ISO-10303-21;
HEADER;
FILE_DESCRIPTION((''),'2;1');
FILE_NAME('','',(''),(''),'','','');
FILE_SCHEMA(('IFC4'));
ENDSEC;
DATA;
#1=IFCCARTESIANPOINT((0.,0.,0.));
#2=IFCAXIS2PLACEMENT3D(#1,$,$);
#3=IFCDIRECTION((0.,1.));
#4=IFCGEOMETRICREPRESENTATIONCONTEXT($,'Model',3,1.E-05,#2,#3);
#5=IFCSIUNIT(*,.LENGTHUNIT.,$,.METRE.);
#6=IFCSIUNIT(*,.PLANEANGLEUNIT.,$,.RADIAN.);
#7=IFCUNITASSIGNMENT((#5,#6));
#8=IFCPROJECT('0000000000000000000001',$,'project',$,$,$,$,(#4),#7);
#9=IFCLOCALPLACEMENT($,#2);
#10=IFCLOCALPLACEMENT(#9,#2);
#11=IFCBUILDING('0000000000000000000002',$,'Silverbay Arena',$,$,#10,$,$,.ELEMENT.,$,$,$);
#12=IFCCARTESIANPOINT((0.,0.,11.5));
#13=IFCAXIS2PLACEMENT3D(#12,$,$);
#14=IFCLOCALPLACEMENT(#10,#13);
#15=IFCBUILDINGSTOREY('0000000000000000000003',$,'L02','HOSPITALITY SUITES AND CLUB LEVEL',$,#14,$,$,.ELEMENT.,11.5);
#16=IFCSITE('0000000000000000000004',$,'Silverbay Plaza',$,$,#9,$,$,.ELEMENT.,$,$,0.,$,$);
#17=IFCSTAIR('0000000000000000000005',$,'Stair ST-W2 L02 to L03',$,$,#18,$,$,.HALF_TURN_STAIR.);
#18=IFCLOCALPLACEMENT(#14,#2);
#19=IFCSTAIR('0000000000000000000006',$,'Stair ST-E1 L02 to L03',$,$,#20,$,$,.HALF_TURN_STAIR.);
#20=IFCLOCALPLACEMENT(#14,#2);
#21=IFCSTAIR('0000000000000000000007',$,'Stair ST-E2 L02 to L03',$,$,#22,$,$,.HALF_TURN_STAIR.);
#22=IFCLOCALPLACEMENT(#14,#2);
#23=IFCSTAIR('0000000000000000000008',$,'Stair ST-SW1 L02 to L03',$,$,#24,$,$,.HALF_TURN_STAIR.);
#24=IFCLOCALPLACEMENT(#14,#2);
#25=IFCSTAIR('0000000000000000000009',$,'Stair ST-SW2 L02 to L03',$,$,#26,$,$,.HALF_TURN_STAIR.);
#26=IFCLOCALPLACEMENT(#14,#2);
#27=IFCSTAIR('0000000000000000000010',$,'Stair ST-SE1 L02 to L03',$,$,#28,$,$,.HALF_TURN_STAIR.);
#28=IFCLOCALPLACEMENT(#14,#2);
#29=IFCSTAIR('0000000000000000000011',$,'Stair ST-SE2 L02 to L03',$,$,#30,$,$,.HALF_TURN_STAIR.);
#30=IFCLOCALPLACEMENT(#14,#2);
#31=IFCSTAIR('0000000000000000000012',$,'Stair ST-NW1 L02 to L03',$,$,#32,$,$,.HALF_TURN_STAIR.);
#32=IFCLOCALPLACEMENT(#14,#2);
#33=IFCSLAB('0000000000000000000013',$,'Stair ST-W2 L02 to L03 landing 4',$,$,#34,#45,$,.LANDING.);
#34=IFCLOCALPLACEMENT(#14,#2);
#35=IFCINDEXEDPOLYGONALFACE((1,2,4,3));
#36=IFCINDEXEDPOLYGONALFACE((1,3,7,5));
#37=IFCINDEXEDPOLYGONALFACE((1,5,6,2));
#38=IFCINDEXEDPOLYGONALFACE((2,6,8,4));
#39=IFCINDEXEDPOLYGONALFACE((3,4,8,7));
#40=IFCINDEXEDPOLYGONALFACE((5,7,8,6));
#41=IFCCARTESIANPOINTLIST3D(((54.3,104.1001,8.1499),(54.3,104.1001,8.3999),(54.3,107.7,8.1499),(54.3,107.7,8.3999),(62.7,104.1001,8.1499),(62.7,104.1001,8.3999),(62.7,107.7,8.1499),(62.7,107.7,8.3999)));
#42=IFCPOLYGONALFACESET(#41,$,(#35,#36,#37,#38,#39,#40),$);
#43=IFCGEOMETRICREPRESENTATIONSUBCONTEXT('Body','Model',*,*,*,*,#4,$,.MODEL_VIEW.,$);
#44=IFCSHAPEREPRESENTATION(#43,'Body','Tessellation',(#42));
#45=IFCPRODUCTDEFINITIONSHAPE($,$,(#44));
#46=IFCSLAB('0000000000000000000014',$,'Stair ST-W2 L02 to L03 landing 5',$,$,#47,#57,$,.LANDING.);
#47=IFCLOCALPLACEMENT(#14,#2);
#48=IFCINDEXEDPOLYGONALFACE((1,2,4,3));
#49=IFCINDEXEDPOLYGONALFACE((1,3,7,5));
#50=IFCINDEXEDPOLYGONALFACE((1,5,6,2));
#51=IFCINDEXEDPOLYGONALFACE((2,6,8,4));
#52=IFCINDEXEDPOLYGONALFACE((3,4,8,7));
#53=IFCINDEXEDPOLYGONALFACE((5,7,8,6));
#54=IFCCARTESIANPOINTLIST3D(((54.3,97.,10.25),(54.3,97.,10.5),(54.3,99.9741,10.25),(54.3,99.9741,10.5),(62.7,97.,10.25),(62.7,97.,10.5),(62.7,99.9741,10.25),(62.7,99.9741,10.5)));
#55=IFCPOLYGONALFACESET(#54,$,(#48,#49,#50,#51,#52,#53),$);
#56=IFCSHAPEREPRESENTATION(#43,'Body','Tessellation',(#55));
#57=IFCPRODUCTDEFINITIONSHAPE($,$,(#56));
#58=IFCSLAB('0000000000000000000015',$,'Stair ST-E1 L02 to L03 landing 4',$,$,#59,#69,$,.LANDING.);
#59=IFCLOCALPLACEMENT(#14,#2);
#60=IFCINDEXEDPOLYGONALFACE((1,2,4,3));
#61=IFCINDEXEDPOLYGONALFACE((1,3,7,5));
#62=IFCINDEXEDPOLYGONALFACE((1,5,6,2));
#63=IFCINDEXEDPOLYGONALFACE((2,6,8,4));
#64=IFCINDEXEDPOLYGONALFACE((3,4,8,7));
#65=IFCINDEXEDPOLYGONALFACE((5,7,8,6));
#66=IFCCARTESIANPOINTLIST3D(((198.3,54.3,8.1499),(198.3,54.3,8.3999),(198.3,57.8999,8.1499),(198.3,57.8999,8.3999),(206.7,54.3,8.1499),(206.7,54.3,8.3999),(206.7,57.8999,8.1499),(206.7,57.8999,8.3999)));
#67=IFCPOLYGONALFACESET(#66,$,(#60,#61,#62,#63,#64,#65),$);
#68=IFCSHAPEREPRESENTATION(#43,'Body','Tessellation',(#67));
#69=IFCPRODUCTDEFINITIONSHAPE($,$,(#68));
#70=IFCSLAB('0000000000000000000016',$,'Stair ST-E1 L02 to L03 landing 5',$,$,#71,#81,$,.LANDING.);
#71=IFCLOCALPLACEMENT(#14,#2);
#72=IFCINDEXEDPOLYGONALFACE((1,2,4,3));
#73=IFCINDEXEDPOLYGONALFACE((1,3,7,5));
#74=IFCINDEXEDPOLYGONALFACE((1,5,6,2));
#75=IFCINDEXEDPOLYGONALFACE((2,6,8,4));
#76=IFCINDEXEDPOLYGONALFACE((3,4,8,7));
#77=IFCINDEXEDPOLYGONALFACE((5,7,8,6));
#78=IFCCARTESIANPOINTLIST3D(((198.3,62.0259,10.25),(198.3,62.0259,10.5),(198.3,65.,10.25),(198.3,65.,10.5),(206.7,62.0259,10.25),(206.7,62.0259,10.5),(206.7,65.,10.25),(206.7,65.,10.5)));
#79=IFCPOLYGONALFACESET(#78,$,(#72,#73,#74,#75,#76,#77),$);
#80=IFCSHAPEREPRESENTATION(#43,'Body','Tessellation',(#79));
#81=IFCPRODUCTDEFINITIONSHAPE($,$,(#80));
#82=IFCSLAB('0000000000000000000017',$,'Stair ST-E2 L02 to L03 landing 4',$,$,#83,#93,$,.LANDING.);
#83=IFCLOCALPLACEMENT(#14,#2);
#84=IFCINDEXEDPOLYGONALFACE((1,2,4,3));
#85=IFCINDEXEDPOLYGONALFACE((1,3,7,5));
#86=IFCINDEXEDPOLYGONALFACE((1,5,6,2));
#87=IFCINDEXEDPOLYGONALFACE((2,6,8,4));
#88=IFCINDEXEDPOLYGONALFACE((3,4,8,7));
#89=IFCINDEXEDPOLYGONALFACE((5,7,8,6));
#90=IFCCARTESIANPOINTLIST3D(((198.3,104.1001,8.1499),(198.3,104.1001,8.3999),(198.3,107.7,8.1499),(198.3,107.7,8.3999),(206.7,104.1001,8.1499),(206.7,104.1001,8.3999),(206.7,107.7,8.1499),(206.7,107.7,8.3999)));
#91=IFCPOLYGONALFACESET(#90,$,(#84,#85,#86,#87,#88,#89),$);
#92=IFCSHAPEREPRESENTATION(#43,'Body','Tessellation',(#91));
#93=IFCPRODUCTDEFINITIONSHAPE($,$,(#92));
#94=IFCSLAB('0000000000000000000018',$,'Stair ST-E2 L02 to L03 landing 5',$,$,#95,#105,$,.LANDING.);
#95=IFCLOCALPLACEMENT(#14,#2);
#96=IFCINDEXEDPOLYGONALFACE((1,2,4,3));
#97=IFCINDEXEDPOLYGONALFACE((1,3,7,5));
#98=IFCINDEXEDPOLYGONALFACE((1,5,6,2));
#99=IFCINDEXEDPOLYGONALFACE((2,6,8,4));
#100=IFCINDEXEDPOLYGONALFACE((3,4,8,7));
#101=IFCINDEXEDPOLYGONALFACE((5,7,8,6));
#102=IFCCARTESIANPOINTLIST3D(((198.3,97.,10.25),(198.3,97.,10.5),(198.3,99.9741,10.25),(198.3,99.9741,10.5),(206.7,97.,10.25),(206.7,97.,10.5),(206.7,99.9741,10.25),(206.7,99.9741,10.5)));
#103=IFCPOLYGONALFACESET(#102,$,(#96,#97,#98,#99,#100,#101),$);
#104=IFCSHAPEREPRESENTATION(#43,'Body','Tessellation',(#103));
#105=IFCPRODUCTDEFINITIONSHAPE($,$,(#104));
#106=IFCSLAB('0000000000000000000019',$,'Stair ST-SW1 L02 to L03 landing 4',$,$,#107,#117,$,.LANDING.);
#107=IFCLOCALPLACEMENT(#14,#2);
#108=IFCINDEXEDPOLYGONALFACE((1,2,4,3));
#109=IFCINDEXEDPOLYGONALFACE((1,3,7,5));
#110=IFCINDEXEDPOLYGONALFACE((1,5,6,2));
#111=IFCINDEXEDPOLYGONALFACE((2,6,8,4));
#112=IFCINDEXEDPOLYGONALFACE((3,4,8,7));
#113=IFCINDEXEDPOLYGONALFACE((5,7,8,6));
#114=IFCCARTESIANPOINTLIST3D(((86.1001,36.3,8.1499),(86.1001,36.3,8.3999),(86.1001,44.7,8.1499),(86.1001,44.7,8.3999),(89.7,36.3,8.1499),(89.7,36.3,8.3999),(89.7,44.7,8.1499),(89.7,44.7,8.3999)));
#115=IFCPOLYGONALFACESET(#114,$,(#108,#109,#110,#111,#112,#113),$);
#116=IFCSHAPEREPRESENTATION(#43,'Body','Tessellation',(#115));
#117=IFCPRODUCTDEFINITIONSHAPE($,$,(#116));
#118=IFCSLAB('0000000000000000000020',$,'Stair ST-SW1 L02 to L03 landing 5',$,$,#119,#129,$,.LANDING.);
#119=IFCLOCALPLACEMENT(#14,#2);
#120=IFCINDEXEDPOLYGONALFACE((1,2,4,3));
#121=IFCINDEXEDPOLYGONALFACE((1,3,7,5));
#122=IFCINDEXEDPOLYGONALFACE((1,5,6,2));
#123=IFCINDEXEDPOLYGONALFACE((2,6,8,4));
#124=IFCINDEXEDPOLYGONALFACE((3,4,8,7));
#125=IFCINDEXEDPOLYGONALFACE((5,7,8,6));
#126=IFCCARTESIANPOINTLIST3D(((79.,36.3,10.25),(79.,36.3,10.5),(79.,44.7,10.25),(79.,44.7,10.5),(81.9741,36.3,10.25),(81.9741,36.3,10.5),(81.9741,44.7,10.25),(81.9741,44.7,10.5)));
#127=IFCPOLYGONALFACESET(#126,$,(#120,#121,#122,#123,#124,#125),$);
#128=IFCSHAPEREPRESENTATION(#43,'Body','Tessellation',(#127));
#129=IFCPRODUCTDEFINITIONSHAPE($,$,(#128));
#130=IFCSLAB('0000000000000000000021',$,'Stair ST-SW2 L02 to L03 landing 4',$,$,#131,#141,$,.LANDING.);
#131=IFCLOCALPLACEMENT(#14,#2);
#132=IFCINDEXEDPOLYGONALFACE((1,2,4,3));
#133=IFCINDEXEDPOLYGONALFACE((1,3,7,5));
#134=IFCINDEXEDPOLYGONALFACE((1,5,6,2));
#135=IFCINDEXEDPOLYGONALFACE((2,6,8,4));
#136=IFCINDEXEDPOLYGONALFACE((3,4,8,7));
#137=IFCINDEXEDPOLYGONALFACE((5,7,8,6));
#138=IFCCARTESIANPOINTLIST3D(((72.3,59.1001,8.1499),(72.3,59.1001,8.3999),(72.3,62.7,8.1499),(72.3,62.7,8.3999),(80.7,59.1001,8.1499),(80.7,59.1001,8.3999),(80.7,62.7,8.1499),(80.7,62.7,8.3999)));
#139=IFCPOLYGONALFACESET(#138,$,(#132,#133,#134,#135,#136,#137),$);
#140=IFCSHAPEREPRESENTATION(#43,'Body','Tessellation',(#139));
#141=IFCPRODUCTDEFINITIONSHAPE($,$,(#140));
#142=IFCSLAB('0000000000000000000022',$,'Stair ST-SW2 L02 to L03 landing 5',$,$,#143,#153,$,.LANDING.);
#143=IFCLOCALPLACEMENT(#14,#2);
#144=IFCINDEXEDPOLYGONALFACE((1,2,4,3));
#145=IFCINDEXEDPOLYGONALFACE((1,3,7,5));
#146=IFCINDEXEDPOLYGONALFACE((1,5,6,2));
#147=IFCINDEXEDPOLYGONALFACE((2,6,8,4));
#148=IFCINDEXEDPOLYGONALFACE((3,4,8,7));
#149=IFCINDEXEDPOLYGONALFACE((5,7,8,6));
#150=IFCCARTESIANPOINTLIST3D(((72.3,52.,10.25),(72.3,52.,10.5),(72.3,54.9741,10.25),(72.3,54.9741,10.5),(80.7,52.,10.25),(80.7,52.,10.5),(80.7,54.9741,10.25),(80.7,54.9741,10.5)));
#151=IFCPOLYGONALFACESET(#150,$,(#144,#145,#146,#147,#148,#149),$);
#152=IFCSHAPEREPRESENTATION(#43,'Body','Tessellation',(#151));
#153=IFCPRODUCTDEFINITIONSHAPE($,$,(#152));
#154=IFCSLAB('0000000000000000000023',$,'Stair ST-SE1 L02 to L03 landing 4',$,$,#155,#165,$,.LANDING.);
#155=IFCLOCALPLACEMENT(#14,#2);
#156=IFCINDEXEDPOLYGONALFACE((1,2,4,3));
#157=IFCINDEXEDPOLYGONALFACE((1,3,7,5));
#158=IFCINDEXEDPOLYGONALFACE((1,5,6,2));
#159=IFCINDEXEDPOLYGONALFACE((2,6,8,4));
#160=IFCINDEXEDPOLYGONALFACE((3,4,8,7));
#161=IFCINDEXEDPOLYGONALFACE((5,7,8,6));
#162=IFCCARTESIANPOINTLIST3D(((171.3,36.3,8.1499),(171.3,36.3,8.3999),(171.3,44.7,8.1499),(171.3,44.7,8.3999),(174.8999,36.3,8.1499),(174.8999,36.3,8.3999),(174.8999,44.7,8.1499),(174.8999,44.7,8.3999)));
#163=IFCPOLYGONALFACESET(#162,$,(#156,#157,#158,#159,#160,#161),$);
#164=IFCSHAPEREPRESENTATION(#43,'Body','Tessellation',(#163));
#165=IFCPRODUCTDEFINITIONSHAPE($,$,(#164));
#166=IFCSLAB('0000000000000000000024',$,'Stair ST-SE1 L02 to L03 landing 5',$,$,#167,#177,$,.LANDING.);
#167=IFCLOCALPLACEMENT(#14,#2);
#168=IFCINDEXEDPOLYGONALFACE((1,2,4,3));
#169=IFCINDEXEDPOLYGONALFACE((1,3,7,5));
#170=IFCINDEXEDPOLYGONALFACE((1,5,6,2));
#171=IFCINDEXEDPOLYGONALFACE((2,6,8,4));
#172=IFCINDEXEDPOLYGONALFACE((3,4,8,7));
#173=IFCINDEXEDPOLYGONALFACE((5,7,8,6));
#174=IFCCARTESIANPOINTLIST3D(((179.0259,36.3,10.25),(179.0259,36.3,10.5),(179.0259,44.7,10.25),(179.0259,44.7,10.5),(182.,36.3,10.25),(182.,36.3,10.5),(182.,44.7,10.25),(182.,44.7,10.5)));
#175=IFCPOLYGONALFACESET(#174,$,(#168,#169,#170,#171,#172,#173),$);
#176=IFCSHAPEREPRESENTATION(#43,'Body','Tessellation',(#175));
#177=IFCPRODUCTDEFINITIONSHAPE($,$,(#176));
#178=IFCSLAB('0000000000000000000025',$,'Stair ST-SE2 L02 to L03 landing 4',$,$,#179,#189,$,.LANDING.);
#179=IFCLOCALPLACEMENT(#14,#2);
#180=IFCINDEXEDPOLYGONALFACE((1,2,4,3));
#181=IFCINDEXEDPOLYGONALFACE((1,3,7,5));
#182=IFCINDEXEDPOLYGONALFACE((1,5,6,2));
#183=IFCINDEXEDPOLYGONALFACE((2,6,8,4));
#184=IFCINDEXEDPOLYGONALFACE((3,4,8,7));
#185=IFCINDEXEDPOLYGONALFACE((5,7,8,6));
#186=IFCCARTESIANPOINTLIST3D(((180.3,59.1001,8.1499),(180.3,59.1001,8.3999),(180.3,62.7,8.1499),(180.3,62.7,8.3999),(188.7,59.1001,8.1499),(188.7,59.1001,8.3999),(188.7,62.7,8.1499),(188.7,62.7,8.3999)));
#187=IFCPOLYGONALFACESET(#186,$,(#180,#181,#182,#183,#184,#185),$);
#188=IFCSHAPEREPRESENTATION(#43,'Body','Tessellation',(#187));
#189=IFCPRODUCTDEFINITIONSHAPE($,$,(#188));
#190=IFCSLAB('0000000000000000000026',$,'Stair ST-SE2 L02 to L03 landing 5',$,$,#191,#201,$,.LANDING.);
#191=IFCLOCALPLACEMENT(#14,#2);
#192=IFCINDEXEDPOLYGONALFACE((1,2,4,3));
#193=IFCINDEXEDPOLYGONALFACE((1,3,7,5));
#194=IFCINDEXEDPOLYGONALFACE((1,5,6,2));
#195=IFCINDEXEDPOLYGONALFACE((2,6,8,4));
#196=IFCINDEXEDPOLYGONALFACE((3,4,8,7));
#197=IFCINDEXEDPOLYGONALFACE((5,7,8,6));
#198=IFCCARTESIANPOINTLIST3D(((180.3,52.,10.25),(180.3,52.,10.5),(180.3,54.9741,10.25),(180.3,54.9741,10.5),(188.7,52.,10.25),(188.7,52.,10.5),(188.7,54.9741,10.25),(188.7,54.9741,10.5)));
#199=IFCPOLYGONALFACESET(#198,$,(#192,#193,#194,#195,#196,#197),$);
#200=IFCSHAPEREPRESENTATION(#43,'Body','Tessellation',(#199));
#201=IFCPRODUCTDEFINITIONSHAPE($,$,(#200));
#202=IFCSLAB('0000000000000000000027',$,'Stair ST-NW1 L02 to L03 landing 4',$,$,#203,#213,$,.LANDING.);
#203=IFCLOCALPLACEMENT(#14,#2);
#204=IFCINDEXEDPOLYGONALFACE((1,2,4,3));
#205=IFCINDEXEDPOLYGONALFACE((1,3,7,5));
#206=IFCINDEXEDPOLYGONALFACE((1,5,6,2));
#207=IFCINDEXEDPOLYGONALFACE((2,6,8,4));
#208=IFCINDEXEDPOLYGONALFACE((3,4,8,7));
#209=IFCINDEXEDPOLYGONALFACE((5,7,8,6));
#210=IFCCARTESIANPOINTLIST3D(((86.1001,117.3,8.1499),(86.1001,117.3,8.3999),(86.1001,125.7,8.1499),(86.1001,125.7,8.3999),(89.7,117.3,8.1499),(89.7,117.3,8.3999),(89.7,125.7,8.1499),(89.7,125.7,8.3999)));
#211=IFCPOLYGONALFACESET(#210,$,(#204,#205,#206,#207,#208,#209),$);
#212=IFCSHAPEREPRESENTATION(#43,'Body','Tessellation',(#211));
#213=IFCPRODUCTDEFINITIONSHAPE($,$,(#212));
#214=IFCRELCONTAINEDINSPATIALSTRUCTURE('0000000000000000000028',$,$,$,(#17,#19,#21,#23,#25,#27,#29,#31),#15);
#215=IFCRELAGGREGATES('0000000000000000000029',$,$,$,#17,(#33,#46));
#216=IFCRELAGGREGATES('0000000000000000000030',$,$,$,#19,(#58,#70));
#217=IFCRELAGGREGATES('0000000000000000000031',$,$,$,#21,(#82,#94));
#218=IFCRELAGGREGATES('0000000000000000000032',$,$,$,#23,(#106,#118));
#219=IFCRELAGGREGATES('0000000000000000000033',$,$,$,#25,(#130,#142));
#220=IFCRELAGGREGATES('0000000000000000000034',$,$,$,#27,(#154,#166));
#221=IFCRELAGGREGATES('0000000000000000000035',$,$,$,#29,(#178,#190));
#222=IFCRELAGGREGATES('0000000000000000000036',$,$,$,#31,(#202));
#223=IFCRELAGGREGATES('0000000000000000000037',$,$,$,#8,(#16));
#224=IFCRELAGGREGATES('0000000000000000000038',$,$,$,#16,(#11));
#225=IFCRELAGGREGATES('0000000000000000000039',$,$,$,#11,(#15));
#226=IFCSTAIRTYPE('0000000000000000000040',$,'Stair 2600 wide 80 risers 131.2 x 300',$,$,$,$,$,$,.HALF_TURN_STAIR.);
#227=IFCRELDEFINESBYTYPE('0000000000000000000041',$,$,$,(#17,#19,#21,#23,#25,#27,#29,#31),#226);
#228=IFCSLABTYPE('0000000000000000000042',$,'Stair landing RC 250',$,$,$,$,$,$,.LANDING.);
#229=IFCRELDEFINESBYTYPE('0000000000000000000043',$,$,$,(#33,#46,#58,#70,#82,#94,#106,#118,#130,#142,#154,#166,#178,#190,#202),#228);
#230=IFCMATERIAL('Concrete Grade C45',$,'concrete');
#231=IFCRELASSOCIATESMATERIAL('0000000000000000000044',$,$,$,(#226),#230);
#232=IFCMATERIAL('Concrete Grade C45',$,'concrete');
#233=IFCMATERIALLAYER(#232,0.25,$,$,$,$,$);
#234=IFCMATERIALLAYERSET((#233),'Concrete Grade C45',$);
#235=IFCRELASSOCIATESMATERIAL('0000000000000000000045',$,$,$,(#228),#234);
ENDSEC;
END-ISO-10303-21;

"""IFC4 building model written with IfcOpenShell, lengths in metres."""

from ifc_helpers import new_model, si_unit, direction, frame, origin, place, context, subcontext, project, spatial, polyline, outline, extrude, material, layer, layer_set, type_object, element, aggregate, save


model = new_model("IFC4")

# Units and contexts
model_context = context("Model", 3, precision=1e-05, world=origin(), true_north=direction((0.0, 1.0)))
body_context = subcontext(model_context, "Body", "Model", "MODEL_VIEW")
ifc_project = project(units=[si_unit("LENGTHUNIT", "METRE"), si_unit("PLANEANGLEUNIT", "RADIAN")], contexts=[model_context])

# Site, building, storey
site_placement = place(None, origin())
site = spatial("IfcSite", under=ifc_project, at=site_placement, Name="Silverbay Plaza", CompositionType="ELEMENT", RefElevation=0.0)
building_placement = place(site_placement, origin())
building = spatial("IfcBuilding", under=site, at=building_placement, Name="Silverbay Arena", CompositionType="ELEMENT")
storey_placement = place(building_placement, frame((0.0, 0.0, 11.5)))
storey = spatial("IfcBuildingStorey", under=building, at=storey_placement, Name="L02", Description="HOSPITALITY SUITES AND CLUB LEVEL", CompositionType="ELEMENT", Elevation=11.5)

# Stairs
ifc_material_1 = material(Name="Concrete Grade C45", Category="concrete")
stair_type = type_object("IfcStairType", Name="Stair 2600 wide 80 risers 131.2 x 300", PredefinedType="HALF_TURN_STAIR", material=ifc_material_1)
stair_1_placement = place(storey_placement, origin())
stair_1 = element("IfcStair", 1, at=stair_1_placement, inside=storey, type_object=stair_type, Name="Stair ST-W2 L02 to L03", PredefinedType="HALF_TURN_STAIR")
stair_2_placement = place(storey_placement, origin())
stair_2 = element("IfcStair", 2, at=stair_2_placement, inside=storey, type_object=stair_type, Name="Stair ST-E1 L02 to L03", PredefinedType="HALF_TURN_STAIR")
stair_3_placement = place(storey_placement, origin())
stair_3 = element("IfcStair", 3, at=stair_3_placement, inside=storey, type_object=stair_type, Name="Stair ST-E2 L02 to L03", PredefinedType="HALF_TURN_STAIR")
stair_4_placement = place(storey_placement, origin())
stair_4 = element("IfcStair", 4, at=stair_4_placement, inside=storey, type_object=stair_type, Name="Stair ST-SW1 L02 to L03", PredefinedType="HALF_TURN_STAIR")
stair_5_placement = place(storey_placement, origin())
stair_5 = element("IfcStair", 5, at=stair_5_placement, inside=storey, type_object=stair_type, Name="Stair ST-SW2 L02 to L03", PredefinedType="HALF_TURN_STAIR")
stair_6_placement = place(storey_placement, origin())
stair_6 = element("IfcStair", 6, at=stair_6_placement, inside=storey, type_object=stair_type, Name="Stair ST-SE1 L02 to L03", PredefinedType="HALF_TURN_STAIR")
stair_7_placement = place(storey_placement, origin())
stair_7 = element("IfcStair", 7, at=stair_7_placement, inside=storey, type_object=stair_type, Name="Stair ST-SE2 L02 to L03", PredefinedType="HALF_TURN_STAIR")
stair_8_placement = place(storey_placement, origin())
stair_8 = element("IfcStair", 8, at=stair_8_placement, inside=storey, type_object=stair_type, Name="Stair ST-NW1 L02 to L03", PredefinedType="HALF_TURN_STAIR")

# Slabs
ifc_material_2 = material(Name="Concrete Grade C45", Category="concrete")
ifc_layer_1 = layer(ifc_material_2, 0.25)
ifc_layer_set_1 = layer_set([ifc_layer_1], Name="Concrete Grade C45")
slab_type_1 = type_object("IfcSlabType", Name="Stair landing RC 250", PredefinedType="LANDING", material=ifc_layer_set_1)
slab_1_placement = place(storey_placement, frame((0.0, 0.0, 8.1499)))
slab_1 = element("IfcSlab", 9, at=slab_1_placement, type_object=slab_type_1, Name="Stair ST-W2 L02 to L03 landing 4", PredefinedType="LANDING", context=body_context, shape_type="SweptSolid", body=[
    extrude(outline(polyline([(62.7, 107.7), (62.7, 104.1001), (54.3, 104.1001), (54.3, 107.7), (62.7, 107.7)])), origin(), (0.0, 0.0, 1.0), 0.25),
])
slab_2_placement = place(storey_placement, frame((0.0, 0.0, 10.25)))
slab_2 = element("IfcSlab", 10, at=slab_2_placement, type_object=slab_type_1, Name="Stair ST-W2 L02 to L03 landing 5", PredefinedType="LANDING", context=body_context, shape_type="SweptSolid", body=[
    extrude(outline(polyline([(62.7, 99.9741), (62.7, 97.0), (54.3, 97.0), (54.3, 99.9741), (62.7, 99.9741)])), origin(), (0.0, 0.0, 1.0), 0.25),
])
aggregate(stair_1, [slab_1, slab_2])
slab_3_placement = place(storey_placement, frame((0.0, 0.0, 8.1499)))
slab_3 = element("IfcSlab", 11, at=slab_3_placement, type_object=slab_type_1, Name="Stair ST-E1 L02 to L03 landing 4", PredefinedType="LANDING", context=body_context, shape_type="SweptSolid", body=[
    extrude(outline(polyline([(198.3, 54.3), (198.3, 57.8999), (206.7, 57.8999), (206.7, 54.3), (198.3, 54.3)])), origin(), (0.0, 0.0, 1.0), 0.25),
])
slab_4_placement = place(storey_placement, frame((0.0, 0.0, 10.25)))
slab_4 = element("IfcSlab", 12, at=slab_4_placement, type_object=slab_type_1, Name="Stair ST-E1 L02 to L03 landing 5", PredefinedType="LANDING", context=body_context, shape_type="SweptSolid", body=[
    extrude(outline(polyline([(198.3, 62.0259), (198.3, 65.0), (206.7, 65.0), (206.7, 62.0259), (198.3, 62.0259)])), origin(), (0.0, 0.0, 1.0), 0.25),
])
aggregate(stair_2, [slab_3, slab_4])
slab_5_placement = place(storey_placement, frame((0.0, 0.0, 8.1499)))
slab_5 = element("IfcSlab", 13, at=slab_5_placement, type_object=slab_type_1, Name="Stair ST-E2 L02 to L03 landing 4", PredefinedType="LANDING", context=body_context, shape_type="SweptSolid", body=[
    extrude(outline(polyline([(198.3, 107.7), (198.3, 104.1001), (206.7, 104.1001), (206.7, 107.7), (198.3, 107.7)])), origin(), (0.0, 0.0, 1.0), 0.25),
])
slab_6_placement = place(storey_placement, frame((0.0, 0.0, 10.25)))
slab_6 = element("IfcSlab", 14, at=slab_6_placement, type_object=slab_type_1, Name="Stair ST-E2 L02 to L03 landing 5", PredefinedType="LANDING", context=body_context, shape_type="SweptSolid", body=[
    extrude(outline(polyline([(198.3, 99.9741), (198.3, 97.0), (206.7, 97.0), (206.7, 99.9741), (198.3, 99.9741)])), origin(), (0.0, 0.0, 1.0), 0.25),
])
aggregate(stair_3, [slab_5, slab_6])
slab_7_placement = place(storey_placement, frame((0.0, 0.0, 8.1499)))
slab_7 = element("IfcSlab", 15, at=slab_7_placement, type_object=slab_type_1, Name="Stair ST-SW1 L02 to L03 landing 4", PredefinedType="LANDING", context=body_context, shape_type="SweptSolid", body=[
    extrude(outline(polyline([(89.7, 44.7), (86.1001, 44.7), (86.1001, 36.3), (89.7, 36.3), (89.7, 44.7)])), origin(), (0.0, 0.0, 1.0), 0.25),
])
slab_8_placement = place(storey_placement, frame((0.0, 0.0, 10.25)))
slab_8 = element("IfcSlab", 16, at=slab_8_placement, type_object=slab_type_1, Name="Stair ST-SW1 L02 to L03 landing 5", PredefinedType="LANDING", context=body_context, shape_type="SweptSolid", body=[
    extrude(outline(polyline([(81.9741, 44.7), (79.0, 44.7), (79.0, 36.3), (81.9741, 36.3), (81.9741, 44.7)])), origin(), (0.0, 0.0, 1.0), 0.25),
])
aggregate(stair_4, [slab_7, slab_8])
slab_9_placement = place(storey_placement, frame((0.0, 0.0, 8.1499)))
slab_9 = element("IfcSlab", 17, at=slab_9_placement, type_object=slab_type_1, Name="Stair ST-SW2 L02 to L03 landing 4", PredefinedType="LANDING", context=body_context, shape_type="SweptSolid", body=[
    extrude(outline(polyline([(80.7, 62.7), (80.7, 59.1001), (72.3, 59.1001), (72.3, 62.7), (80.7, 62.7)])), origin(), (0.0, 0.0, 1.0), 0.25),
])
slab_10_placement = place(storey_placement, frame((0.0, 0.0, 10.25)))
slab_10 = element("IfcSlab", 18, at=slab_10_placement, type_object=slab_type_1, Name="Stair ST-SW2 L02 to L03 landing 5", PredefinedType="LANDING", context=body_context, shape_type="SweptSolid", body=[
    extrude(outline(polyline([(80.7, 54.9741), (80.7, 52.0), (72.3, 52.0), (72.3, 54.9741), (80.7, 54.9741)])), origin(), (0.0, 0.0, 1.0), 0.25),
])
aggregate(stair_5, [slab_9, slab_10])
slab_11_placement = place(storey_placement, frame((0.0, 0.0, 8.1499)))
slab_11 = element("IfcSlab", 19, at=slab_11_placement, type_object=slab_type_1, Name="Stair ST-SE1 L02 to L03 landing 4", PredefinedType="LANDING", context=body_context, shape_type="SweptSolid", body=[
    extrude(outline(polyline([(171.3, 44.7), (174.8999, 44.7), (174.8999, 36.3), (171.3, 36.3), (171.3, 44.7)])), origin(), (0.0, 0.0, 1.0), 0.25),
])
slab_12_placement = place(storey_placement, frame((0.0, 0.0, 10.25)))
slab_12 = element("IfcSlab", 20, at=slab_12_placement, type_object=slab_type_1, Name="Stair ST-SE1 L02 to L03 landing 5", PredefinedType="LANDING", context=body_context, shape_type="SweptSolid", body=[
    extrude(outline(polyline([(179.0259, 44.7), (182.0, 44.7), (182.0, 36.3), (179.0259, 36.3), (179.0259, 44.7)])), origin(), (0.0, 0.0, 1.0), 0.25),
])
aggregate(stair_6, [slab_11, slab_12])
slab_13_placement = place(storey_placement, frame((0.0, 0.0, 8.1499)))
slab_13 = element("IfcSlab", 21, at=slab_13_placement, type_object=slab_type_1, Name="Stair ST-SE2 L02 to L03 landing 4", PredefinedType="LANDING", context=body_context, shape_type="SweptSolid", body=[
    extrude(outline(polyline([(180.3, 62.7), (180.3, 59.1001), (188.7, 59.1001), (188.7, 62.7), (180.3, 62.7)])), origin(), (0.0, 0.0, 1.0), 0.25),
])
slab_14_placement = place(storey_placement, frame((0.0, 0.0, 10.25)))
slab_14 = element("IfcSlab", 22, at=slab_14_placement, type_object=slab_type_1, Name="Stair ST-SE2 L02 to L03 landing 5", PredefinedType="LANDING", context=body_context, shape_type="SweptSolid", body=[
    extrude(outline(polyline([(180.3, 54.9741), (180.3, 52.0), (188.7, 52.0), (188.7, 54.9741), (180.3, 54.9741)])), origin(), (0.0, 0.0, 1.0), 0.25),
])
aggregate(stair_7, [slab_13, slab_14])
slab_15_placement = place(storey_placement, frame((0.0, 0.0, 8.1499)))
slab_15 = element("IfcSlab", 23, at=slab_15_placement, type_object=slab_type_1, Name="Stair ST-NW1 L02 to L03 landing 4", PredefinedType="LANDING", context=body_context, shape_type="SweptSolid", body=[
    extrude(outline(polyline([(89.7, 117.3), (86.1001, 117.3), (86.1001, 125.7), (89.7, 125.7), (89.7, 117.3)])), origin(), (0.0, 0.0, 1.0), 0.25),
])
aggregate(stair_8, [slab_15])

save(model, "model.ifc")
